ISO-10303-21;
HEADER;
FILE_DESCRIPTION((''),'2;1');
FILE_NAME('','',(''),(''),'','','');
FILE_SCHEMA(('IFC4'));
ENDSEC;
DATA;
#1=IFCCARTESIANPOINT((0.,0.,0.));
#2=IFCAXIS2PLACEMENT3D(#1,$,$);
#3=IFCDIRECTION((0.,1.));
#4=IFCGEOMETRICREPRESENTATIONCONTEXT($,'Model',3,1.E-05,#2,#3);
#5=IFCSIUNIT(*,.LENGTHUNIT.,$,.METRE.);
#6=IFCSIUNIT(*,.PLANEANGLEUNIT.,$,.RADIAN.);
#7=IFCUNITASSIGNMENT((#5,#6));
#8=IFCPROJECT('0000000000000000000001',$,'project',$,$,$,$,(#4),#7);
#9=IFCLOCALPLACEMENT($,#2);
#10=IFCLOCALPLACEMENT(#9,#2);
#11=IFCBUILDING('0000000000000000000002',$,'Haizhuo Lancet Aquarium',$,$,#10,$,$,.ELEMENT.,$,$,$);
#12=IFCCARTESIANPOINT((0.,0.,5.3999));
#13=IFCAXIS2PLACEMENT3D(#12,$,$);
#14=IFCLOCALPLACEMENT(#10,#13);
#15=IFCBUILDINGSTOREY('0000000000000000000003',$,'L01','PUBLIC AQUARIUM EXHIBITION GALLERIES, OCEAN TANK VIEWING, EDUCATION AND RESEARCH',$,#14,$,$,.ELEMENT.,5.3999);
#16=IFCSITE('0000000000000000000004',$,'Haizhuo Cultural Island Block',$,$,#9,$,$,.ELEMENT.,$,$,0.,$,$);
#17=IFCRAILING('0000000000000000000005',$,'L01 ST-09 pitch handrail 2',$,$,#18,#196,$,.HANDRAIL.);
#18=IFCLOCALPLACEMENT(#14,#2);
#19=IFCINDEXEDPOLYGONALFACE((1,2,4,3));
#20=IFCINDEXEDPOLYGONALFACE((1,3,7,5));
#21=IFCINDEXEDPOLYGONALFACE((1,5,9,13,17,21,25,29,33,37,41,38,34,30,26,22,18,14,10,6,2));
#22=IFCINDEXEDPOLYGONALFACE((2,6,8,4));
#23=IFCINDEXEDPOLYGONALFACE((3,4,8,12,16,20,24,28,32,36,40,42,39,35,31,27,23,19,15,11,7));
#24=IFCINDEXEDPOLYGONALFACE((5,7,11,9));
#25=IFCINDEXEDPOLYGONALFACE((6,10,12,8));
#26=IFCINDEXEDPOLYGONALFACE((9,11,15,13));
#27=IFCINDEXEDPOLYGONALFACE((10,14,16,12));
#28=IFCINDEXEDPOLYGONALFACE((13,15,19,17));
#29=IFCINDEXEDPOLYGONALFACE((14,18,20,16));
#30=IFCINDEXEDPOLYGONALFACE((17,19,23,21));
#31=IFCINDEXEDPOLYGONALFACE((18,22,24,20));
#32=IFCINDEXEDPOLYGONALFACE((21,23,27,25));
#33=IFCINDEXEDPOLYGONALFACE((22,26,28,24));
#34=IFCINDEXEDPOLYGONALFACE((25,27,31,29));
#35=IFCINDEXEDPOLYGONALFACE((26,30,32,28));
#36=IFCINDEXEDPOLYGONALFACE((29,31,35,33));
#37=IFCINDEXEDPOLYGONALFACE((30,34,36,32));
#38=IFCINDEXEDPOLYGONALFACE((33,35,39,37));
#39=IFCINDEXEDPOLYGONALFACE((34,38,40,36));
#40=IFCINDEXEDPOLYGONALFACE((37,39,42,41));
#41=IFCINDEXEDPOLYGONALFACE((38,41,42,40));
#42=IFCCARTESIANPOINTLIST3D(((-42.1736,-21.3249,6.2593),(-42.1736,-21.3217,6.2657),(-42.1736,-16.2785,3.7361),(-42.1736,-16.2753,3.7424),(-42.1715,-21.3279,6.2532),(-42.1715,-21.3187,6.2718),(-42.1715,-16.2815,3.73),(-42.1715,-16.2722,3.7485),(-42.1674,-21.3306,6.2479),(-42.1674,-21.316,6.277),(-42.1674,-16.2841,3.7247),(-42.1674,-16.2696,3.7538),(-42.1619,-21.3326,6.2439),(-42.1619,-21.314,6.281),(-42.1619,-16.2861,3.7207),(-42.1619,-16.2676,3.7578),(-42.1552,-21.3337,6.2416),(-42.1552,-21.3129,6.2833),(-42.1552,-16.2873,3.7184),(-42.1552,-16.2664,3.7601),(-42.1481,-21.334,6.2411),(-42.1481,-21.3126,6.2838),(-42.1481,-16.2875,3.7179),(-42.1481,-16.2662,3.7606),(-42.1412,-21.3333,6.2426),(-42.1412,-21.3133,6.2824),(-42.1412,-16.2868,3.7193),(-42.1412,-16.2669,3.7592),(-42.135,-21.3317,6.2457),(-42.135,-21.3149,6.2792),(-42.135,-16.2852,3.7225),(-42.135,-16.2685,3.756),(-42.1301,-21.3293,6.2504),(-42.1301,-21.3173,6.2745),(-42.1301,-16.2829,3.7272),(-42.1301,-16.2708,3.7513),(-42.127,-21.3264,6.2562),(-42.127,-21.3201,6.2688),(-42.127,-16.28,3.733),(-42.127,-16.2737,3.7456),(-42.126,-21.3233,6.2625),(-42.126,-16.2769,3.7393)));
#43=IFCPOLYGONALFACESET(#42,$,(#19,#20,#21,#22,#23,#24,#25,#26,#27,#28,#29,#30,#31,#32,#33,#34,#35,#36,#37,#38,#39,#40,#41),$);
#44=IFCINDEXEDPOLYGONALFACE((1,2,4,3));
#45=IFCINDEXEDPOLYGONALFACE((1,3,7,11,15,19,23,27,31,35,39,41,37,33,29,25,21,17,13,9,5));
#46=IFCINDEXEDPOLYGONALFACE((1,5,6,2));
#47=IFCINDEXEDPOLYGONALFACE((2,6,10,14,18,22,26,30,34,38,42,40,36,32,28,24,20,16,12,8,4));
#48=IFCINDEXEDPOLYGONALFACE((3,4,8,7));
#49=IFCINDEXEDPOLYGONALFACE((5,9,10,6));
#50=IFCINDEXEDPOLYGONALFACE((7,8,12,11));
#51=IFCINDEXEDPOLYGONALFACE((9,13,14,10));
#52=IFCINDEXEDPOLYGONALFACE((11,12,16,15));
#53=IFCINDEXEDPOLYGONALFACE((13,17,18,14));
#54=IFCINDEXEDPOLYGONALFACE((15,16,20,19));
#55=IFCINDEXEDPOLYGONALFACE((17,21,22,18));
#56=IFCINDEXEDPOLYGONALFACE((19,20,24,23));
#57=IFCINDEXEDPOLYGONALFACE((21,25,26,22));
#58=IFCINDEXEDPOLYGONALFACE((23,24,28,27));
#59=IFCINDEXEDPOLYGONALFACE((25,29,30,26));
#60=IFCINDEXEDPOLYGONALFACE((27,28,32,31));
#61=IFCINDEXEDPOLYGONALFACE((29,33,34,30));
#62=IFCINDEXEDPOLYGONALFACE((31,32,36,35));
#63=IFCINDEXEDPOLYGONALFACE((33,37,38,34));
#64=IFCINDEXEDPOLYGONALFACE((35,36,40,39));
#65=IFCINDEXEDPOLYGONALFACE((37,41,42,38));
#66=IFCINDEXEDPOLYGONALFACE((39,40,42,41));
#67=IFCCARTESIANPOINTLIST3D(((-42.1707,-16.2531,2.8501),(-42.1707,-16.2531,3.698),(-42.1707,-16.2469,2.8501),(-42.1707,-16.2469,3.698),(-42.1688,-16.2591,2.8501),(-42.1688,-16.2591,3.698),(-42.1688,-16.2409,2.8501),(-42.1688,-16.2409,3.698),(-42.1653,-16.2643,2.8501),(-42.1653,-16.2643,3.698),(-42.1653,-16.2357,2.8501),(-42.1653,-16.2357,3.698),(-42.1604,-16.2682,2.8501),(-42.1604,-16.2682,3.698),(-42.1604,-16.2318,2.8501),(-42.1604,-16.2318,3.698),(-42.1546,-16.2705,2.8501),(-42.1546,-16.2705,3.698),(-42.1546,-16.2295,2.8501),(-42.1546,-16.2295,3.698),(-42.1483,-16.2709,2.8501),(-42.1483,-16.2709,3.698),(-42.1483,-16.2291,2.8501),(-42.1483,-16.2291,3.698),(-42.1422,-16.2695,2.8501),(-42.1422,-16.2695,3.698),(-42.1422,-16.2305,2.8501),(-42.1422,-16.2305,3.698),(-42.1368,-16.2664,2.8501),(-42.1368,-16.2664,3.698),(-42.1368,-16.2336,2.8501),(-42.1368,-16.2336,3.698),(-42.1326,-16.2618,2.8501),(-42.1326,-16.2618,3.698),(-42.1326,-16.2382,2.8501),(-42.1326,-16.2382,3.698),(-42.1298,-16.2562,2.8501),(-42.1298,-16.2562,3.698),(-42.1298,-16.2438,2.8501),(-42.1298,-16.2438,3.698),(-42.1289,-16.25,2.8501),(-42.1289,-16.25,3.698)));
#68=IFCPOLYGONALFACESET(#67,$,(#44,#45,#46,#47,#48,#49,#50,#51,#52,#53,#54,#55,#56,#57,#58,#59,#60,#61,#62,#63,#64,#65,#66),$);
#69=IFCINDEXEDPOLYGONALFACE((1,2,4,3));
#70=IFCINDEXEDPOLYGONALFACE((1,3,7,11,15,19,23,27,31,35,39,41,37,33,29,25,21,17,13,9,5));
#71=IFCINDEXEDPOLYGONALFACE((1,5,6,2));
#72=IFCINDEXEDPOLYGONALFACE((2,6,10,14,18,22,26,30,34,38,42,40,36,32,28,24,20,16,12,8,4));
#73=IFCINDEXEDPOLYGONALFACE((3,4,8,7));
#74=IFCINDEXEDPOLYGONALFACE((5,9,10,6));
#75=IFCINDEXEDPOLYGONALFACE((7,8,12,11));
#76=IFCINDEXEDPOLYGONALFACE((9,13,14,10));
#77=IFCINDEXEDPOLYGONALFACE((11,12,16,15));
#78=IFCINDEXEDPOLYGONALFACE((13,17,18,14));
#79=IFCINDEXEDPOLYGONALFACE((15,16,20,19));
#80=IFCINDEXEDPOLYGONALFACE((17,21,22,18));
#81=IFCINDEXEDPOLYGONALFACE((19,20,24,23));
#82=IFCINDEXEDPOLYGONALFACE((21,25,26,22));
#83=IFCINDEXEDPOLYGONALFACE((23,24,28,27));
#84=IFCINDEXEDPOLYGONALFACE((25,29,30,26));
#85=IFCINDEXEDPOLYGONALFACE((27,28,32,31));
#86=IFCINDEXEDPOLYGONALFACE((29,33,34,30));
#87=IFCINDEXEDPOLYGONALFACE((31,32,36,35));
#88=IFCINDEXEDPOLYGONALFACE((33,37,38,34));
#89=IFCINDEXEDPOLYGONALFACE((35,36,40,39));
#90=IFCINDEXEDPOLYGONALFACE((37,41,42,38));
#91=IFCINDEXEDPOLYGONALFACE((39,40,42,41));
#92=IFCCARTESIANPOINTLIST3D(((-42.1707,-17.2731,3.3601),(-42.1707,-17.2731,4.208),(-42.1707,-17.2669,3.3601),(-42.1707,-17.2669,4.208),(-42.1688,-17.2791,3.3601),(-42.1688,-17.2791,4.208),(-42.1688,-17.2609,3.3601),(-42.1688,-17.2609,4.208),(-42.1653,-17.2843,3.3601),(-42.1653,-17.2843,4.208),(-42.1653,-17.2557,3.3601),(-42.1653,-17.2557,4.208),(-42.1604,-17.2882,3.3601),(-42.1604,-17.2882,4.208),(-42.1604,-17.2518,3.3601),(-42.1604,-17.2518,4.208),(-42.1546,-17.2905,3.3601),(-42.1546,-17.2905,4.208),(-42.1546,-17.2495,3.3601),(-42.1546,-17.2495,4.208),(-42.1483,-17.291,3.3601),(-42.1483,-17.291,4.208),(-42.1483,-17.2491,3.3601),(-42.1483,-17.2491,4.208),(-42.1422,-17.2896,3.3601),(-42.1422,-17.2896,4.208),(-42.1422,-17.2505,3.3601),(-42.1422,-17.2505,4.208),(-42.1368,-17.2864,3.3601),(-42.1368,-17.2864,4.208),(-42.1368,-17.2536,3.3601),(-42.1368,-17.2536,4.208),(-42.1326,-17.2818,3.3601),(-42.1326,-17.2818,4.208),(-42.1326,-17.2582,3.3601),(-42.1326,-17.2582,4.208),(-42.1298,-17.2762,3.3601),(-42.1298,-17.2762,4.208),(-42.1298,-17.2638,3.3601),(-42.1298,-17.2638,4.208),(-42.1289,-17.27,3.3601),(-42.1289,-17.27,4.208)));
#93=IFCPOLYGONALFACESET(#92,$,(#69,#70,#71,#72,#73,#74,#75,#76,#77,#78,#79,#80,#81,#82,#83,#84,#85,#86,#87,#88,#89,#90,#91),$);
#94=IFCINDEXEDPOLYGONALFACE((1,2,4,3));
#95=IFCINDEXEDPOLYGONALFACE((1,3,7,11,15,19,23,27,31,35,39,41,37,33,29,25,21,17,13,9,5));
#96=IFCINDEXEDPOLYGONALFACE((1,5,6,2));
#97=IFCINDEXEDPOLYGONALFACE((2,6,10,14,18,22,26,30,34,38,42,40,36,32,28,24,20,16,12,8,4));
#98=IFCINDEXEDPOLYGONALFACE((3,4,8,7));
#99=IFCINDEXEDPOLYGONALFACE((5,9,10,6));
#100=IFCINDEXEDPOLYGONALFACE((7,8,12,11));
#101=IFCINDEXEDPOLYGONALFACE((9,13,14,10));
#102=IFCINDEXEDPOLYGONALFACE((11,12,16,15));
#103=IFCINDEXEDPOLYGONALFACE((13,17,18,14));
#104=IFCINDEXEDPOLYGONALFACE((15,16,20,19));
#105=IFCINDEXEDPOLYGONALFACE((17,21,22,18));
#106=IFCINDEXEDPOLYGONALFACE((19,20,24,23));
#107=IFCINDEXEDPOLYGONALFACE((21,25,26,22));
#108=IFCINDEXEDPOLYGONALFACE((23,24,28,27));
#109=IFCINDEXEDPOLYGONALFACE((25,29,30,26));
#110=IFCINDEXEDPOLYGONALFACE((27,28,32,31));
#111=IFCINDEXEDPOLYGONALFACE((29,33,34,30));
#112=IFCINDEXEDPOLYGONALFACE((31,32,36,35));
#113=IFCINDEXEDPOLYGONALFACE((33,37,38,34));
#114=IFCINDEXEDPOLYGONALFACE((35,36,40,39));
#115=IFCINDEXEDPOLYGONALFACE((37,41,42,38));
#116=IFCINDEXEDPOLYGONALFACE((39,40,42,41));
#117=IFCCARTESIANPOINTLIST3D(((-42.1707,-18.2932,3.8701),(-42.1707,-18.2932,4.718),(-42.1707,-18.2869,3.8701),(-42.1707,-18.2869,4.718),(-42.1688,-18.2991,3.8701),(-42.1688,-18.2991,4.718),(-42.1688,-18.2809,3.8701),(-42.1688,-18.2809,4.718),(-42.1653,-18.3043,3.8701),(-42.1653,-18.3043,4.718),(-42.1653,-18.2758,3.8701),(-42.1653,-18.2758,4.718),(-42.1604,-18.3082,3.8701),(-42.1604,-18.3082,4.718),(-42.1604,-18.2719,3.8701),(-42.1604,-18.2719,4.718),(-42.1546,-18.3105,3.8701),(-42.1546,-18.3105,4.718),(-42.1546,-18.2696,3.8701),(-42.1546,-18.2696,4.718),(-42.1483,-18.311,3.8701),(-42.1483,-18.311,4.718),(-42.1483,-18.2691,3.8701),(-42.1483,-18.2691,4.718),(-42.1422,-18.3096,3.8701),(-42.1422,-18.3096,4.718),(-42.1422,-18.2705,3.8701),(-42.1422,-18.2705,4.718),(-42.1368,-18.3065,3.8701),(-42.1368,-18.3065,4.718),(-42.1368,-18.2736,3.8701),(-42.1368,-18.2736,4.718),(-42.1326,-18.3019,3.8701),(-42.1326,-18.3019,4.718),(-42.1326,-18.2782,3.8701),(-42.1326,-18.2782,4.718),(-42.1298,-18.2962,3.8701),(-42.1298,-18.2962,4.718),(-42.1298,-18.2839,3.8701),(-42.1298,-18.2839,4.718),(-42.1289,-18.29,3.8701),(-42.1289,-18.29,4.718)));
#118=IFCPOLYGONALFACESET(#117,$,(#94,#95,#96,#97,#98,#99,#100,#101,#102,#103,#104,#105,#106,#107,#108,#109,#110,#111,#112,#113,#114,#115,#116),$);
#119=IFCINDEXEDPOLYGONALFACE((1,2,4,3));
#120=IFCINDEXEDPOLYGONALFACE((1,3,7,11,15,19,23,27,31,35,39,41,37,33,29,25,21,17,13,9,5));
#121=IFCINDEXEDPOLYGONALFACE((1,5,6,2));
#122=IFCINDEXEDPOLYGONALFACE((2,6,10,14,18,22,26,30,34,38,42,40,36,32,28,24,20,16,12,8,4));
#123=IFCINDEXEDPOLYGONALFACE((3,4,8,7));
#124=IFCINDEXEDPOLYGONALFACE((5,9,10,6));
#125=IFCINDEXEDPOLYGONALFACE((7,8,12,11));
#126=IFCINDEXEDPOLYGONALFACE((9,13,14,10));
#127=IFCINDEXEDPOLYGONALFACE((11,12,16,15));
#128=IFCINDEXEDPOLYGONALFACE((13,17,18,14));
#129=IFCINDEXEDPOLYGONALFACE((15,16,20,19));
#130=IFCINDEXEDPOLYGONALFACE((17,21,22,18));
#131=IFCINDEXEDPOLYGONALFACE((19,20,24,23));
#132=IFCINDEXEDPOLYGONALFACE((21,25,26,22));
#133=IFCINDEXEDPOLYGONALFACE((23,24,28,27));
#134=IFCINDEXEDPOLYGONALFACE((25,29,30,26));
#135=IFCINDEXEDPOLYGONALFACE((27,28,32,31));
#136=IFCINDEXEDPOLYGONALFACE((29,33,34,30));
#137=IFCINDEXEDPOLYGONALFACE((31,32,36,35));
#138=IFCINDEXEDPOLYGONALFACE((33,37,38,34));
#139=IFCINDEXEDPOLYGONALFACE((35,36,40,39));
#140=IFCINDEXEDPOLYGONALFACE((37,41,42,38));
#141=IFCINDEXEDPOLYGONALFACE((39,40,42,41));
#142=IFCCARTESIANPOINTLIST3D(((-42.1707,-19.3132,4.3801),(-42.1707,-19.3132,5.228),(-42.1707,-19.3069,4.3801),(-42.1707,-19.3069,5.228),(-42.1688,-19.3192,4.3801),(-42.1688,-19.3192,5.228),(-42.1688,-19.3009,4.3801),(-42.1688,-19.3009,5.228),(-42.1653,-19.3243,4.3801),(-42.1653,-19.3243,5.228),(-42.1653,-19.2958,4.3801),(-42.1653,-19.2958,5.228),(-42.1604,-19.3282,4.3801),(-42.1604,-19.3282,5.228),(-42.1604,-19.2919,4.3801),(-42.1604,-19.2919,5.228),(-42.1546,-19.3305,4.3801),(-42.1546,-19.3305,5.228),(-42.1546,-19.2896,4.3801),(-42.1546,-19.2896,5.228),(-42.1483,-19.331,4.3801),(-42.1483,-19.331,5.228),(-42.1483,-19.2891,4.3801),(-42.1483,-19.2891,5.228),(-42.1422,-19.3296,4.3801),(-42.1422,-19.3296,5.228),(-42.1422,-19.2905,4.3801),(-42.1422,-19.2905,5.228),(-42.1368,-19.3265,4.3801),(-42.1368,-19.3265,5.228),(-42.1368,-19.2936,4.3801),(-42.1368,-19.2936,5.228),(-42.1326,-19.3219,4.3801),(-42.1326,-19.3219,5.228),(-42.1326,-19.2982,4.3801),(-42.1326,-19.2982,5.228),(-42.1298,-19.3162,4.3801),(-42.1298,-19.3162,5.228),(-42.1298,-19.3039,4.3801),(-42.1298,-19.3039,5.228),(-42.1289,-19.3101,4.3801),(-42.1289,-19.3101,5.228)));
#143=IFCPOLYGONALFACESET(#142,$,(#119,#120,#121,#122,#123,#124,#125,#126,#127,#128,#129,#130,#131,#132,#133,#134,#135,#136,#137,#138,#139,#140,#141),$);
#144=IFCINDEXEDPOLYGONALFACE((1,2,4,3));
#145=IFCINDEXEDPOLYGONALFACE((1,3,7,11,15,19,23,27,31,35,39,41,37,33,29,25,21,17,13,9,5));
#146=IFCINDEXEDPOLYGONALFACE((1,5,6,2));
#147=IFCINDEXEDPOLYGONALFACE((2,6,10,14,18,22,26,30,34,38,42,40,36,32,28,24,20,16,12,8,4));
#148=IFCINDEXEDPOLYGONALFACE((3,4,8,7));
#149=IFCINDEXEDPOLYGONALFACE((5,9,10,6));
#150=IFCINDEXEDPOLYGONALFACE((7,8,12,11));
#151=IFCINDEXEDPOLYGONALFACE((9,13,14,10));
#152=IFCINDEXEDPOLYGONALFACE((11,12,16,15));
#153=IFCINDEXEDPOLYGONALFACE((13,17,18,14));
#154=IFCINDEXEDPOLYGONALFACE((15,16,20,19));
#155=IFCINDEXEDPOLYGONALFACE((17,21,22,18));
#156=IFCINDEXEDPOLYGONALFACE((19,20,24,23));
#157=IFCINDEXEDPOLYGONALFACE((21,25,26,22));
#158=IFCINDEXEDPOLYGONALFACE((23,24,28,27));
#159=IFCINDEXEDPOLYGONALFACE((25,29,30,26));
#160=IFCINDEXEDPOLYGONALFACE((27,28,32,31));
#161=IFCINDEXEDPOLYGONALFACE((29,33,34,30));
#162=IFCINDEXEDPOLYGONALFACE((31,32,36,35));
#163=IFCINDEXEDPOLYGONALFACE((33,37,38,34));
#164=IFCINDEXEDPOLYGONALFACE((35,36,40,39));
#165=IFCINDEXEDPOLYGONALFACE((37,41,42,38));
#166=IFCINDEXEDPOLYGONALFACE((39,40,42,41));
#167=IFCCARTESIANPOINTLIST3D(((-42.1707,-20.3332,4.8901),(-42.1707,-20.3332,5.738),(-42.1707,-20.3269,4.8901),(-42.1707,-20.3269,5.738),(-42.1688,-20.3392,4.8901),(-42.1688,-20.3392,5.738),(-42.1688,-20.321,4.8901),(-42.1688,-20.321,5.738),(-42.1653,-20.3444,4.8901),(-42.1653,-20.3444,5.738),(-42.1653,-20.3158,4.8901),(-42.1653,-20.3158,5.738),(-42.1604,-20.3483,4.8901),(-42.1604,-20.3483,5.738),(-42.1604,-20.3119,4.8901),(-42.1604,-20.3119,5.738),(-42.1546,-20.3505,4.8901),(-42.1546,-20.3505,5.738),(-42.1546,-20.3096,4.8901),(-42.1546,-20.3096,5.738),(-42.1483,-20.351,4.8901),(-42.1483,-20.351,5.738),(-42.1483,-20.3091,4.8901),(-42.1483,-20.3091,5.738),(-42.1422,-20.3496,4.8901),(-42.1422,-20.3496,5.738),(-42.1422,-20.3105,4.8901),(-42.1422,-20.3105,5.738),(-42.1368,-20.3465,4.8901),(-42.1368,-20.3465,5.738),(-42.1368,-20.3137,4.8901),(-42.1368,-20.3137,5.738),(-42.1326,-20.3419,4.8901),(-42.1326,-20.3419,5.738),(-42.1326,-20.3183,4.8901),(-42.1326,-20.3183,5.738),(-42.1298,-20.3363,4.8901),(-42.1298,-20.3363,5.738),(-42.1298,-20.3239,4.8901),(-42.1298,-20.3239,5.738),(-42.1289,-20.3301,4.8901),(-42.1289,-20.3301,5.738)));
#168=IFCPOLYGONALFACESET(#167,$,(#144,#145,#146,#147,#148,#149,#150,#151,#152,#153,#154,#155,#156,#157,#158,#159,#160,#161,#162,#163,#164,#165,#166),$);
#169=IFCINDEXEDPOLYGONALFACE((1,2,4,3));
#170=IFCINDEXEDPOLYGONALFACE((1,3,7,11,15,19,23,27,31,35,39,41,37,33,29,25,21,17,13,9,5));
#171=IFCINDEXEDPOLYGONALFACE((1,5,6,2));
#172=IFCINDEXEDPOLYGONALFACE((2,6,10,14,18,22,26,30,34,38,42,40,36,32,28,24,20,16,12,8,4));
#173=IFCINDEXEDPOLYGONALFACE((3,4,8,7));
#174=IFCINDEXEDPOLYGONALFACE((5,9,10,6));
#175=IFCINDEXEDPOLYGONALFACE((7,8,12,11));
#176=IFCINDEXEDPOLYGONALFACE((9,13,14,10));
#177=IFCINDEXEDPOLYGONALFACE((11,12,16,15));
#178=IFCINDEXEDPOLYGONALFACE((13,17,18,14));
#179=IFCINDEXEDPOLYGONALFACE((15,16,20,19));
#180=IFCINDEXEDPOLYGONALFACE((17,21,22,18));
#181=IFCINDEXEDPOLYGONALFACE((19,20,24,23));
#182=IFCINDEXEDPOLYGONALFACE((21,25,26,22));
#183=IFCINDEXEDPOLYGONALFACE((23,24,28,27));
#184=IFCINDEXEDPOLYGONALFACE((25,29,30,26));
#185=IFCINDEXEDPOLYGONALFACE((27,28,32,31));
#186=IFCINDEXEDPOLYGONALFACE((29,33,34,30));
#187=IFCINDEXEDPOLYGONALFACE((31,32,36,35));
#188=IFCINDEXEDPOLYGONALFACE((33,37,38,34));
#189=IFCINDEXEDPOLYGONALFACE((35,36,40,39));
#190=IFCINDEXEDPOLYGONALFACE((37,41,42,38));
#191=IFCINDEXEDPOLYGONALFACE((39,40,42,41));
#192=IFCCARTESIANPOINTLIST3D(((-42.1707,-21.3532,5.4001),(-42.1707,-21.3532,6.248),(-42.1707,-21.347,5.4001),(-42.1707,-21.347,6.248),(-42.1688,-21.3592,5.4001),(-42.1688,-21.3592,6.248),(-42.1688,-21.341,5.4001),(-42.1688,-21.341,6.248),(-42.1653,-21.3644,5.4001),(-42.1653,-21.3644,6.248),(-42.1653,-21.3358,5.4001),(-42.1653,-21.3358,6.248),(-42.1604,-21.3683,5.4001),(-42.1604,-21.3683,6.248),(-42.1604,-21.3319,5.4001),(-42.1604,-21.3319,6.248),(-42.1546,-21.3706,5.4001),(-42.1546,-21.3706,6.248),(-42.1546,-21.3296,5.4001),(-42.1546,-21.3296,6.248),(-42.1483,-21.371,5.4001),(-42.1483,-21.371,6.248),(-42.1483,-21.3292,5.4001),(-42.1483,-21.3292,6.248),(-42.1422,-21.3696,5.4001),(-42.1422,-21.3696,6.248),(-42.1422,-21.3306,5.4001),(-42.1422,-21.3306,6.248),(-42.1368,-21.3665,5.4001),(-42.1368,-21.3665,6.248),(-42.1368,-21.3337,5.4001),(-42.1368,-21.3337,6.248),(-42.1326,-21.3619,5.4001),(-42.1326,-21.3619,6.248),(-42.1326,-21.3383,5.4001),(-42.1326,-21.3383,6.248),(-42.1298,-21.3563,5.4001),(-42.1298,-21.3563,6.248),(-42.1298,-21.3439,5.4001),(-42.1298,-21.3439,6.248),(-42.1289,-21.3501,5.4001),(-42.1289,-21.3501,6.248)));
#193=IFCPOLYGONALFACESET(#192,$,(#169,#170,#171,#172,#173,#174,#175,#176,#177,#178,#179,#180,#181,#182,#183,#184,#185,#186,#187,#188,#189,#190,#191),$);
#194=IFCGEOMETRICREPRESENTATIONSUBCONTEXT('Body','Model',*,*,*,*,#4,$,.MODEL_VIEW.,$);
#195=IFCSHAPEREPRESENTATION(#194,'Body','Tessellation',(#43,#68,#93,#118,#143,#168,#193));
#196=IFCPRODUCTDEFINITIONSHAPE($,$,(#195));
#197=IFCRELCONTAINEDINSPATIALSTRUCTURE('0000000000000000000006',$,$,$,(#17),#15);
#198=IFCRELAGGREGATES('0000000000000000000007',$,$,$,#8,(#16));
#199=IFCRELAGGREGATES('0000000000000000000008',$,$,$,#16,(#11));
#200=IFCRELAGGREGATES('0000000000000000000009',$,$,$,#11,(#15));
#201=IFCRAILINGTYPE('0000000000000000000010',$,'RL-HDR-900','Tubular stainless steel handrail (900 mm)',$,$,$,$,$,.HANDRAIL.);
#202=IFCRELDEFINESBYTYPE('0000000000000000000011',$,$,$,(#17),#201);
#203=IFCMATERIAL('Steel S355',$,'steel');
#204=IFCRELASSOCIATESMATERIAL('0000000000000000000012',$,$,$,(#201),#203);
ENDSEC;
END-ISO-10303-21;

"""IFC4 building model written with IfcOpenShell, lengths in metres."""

from ifc_helpers import new_model, si_unit, direction, frame, origin, origin_2d, place, context, subcontext, project, spatial, circle, extrude, material, type_object, element, save


model = new_model("IFC4")

# Units and contexts
model_context = context("Model", 3, precision=1e-05, world=origin(), true_north=direction((0.0, 1.0)))
body_context = subcontext(model_context, "Body", "Model", "MODEL_VIEW")
ifc_project = project(units=[si_unit("LENGTHUNIT", "METRE"), si_unit("PLANEANGLEUNIT", "RADIAN")], contexts=[model_context])

# Site, building, storey
site_placement = place(None, origin())
site = spatial("IfcSite", under=ifc_project, at=site_placement, Name="Haizhuo Cultural Island Block", CompositionType="ELEMENT", RefElevation=0.0)
building_placement = place(site_placement, origin())
building = spatial("IfcBuilding", under=site, at=building_placement, Name="Haizhuo Lancet Aquarium", CompositionType="ELEMENT")
storey_placement = place(building_placement, frame((0.0, 0.0, 5.3999)))
storey = spatial("IfcBuildingStorey", under=building, at=storey_placement, Name="L01", Description="PUBLIC AQUARIUM EXHIBITION GALLERIES, OCEAN TANK VIEWING, EDUCATION AND RESEARCH", CompositionType="ELEMENT", Elevation=5.3999)

# Shared definitions
ifc_material_1 = material(Name="Steel S355", Category="steel")

# Railing
railing_type_1 = type_object("IfcRailingType", Name="RL-HDR-900", Description="Tubular stainless steel handrail (900 mm)", PredefinedType="HANDRAIL", material=ifc_material_1)
railing_1_placement = place(storey_placement, frame((-42.1499, -16.25, 2.8501)))
element("IfcRailing", 1, at=railing_1_placement, inside=storey, type_object=railing_type_1, Name="L01 ST-09 pitch handrail 2", PredefinedType="HANDRAIL", context=body_context, shape_type="SweptSolid", body=[
    extrude(circle(Radius=0.0239, at=origin_2d()), frame((0.0, -0.0269, 0.8892), z_axis=(0.0, -0.894427, 0.447214), x_axis=(1.0, 0.0, 0.0)), (0.0, 0.0, 1.0), 5.6421),
    extrude(circle(Radius=0.021, at=origin_2d()), origin(), (0.0, 0.0, 1.0), 0.8479),
    extrude(circle(Radius=0.021, at=origin_2d()), frame((0.0, -1.02, 0.51)), (0.0, 0.0, 1.0), 0.8479),
    extrude(circle(Radius=0.021, at=origin_2d()), frame((0.0, -2.04, 1.02)), (0.0, 0.0, 1.0), 0.8479),
    extrude(circle(Radius=0.021, at=origin_2d()), frame((0.0, -3.0601, 1.53)), (0.0, 0.0, 1.0), 0.8479),
    extrude(circle(Radius=0.021, at=origin_2d()), frame((0.0, -4.0801, 2.04)), (0.0, 0.0, 1.0), 0.8479),
    extrude(circle(Radius=0.021, at=origin_2d()), frame((0.0, -5.1001, 2.55)), (0.0, 0.0, 1.0), 0.8479),
])

save(model, "model.ifc")
